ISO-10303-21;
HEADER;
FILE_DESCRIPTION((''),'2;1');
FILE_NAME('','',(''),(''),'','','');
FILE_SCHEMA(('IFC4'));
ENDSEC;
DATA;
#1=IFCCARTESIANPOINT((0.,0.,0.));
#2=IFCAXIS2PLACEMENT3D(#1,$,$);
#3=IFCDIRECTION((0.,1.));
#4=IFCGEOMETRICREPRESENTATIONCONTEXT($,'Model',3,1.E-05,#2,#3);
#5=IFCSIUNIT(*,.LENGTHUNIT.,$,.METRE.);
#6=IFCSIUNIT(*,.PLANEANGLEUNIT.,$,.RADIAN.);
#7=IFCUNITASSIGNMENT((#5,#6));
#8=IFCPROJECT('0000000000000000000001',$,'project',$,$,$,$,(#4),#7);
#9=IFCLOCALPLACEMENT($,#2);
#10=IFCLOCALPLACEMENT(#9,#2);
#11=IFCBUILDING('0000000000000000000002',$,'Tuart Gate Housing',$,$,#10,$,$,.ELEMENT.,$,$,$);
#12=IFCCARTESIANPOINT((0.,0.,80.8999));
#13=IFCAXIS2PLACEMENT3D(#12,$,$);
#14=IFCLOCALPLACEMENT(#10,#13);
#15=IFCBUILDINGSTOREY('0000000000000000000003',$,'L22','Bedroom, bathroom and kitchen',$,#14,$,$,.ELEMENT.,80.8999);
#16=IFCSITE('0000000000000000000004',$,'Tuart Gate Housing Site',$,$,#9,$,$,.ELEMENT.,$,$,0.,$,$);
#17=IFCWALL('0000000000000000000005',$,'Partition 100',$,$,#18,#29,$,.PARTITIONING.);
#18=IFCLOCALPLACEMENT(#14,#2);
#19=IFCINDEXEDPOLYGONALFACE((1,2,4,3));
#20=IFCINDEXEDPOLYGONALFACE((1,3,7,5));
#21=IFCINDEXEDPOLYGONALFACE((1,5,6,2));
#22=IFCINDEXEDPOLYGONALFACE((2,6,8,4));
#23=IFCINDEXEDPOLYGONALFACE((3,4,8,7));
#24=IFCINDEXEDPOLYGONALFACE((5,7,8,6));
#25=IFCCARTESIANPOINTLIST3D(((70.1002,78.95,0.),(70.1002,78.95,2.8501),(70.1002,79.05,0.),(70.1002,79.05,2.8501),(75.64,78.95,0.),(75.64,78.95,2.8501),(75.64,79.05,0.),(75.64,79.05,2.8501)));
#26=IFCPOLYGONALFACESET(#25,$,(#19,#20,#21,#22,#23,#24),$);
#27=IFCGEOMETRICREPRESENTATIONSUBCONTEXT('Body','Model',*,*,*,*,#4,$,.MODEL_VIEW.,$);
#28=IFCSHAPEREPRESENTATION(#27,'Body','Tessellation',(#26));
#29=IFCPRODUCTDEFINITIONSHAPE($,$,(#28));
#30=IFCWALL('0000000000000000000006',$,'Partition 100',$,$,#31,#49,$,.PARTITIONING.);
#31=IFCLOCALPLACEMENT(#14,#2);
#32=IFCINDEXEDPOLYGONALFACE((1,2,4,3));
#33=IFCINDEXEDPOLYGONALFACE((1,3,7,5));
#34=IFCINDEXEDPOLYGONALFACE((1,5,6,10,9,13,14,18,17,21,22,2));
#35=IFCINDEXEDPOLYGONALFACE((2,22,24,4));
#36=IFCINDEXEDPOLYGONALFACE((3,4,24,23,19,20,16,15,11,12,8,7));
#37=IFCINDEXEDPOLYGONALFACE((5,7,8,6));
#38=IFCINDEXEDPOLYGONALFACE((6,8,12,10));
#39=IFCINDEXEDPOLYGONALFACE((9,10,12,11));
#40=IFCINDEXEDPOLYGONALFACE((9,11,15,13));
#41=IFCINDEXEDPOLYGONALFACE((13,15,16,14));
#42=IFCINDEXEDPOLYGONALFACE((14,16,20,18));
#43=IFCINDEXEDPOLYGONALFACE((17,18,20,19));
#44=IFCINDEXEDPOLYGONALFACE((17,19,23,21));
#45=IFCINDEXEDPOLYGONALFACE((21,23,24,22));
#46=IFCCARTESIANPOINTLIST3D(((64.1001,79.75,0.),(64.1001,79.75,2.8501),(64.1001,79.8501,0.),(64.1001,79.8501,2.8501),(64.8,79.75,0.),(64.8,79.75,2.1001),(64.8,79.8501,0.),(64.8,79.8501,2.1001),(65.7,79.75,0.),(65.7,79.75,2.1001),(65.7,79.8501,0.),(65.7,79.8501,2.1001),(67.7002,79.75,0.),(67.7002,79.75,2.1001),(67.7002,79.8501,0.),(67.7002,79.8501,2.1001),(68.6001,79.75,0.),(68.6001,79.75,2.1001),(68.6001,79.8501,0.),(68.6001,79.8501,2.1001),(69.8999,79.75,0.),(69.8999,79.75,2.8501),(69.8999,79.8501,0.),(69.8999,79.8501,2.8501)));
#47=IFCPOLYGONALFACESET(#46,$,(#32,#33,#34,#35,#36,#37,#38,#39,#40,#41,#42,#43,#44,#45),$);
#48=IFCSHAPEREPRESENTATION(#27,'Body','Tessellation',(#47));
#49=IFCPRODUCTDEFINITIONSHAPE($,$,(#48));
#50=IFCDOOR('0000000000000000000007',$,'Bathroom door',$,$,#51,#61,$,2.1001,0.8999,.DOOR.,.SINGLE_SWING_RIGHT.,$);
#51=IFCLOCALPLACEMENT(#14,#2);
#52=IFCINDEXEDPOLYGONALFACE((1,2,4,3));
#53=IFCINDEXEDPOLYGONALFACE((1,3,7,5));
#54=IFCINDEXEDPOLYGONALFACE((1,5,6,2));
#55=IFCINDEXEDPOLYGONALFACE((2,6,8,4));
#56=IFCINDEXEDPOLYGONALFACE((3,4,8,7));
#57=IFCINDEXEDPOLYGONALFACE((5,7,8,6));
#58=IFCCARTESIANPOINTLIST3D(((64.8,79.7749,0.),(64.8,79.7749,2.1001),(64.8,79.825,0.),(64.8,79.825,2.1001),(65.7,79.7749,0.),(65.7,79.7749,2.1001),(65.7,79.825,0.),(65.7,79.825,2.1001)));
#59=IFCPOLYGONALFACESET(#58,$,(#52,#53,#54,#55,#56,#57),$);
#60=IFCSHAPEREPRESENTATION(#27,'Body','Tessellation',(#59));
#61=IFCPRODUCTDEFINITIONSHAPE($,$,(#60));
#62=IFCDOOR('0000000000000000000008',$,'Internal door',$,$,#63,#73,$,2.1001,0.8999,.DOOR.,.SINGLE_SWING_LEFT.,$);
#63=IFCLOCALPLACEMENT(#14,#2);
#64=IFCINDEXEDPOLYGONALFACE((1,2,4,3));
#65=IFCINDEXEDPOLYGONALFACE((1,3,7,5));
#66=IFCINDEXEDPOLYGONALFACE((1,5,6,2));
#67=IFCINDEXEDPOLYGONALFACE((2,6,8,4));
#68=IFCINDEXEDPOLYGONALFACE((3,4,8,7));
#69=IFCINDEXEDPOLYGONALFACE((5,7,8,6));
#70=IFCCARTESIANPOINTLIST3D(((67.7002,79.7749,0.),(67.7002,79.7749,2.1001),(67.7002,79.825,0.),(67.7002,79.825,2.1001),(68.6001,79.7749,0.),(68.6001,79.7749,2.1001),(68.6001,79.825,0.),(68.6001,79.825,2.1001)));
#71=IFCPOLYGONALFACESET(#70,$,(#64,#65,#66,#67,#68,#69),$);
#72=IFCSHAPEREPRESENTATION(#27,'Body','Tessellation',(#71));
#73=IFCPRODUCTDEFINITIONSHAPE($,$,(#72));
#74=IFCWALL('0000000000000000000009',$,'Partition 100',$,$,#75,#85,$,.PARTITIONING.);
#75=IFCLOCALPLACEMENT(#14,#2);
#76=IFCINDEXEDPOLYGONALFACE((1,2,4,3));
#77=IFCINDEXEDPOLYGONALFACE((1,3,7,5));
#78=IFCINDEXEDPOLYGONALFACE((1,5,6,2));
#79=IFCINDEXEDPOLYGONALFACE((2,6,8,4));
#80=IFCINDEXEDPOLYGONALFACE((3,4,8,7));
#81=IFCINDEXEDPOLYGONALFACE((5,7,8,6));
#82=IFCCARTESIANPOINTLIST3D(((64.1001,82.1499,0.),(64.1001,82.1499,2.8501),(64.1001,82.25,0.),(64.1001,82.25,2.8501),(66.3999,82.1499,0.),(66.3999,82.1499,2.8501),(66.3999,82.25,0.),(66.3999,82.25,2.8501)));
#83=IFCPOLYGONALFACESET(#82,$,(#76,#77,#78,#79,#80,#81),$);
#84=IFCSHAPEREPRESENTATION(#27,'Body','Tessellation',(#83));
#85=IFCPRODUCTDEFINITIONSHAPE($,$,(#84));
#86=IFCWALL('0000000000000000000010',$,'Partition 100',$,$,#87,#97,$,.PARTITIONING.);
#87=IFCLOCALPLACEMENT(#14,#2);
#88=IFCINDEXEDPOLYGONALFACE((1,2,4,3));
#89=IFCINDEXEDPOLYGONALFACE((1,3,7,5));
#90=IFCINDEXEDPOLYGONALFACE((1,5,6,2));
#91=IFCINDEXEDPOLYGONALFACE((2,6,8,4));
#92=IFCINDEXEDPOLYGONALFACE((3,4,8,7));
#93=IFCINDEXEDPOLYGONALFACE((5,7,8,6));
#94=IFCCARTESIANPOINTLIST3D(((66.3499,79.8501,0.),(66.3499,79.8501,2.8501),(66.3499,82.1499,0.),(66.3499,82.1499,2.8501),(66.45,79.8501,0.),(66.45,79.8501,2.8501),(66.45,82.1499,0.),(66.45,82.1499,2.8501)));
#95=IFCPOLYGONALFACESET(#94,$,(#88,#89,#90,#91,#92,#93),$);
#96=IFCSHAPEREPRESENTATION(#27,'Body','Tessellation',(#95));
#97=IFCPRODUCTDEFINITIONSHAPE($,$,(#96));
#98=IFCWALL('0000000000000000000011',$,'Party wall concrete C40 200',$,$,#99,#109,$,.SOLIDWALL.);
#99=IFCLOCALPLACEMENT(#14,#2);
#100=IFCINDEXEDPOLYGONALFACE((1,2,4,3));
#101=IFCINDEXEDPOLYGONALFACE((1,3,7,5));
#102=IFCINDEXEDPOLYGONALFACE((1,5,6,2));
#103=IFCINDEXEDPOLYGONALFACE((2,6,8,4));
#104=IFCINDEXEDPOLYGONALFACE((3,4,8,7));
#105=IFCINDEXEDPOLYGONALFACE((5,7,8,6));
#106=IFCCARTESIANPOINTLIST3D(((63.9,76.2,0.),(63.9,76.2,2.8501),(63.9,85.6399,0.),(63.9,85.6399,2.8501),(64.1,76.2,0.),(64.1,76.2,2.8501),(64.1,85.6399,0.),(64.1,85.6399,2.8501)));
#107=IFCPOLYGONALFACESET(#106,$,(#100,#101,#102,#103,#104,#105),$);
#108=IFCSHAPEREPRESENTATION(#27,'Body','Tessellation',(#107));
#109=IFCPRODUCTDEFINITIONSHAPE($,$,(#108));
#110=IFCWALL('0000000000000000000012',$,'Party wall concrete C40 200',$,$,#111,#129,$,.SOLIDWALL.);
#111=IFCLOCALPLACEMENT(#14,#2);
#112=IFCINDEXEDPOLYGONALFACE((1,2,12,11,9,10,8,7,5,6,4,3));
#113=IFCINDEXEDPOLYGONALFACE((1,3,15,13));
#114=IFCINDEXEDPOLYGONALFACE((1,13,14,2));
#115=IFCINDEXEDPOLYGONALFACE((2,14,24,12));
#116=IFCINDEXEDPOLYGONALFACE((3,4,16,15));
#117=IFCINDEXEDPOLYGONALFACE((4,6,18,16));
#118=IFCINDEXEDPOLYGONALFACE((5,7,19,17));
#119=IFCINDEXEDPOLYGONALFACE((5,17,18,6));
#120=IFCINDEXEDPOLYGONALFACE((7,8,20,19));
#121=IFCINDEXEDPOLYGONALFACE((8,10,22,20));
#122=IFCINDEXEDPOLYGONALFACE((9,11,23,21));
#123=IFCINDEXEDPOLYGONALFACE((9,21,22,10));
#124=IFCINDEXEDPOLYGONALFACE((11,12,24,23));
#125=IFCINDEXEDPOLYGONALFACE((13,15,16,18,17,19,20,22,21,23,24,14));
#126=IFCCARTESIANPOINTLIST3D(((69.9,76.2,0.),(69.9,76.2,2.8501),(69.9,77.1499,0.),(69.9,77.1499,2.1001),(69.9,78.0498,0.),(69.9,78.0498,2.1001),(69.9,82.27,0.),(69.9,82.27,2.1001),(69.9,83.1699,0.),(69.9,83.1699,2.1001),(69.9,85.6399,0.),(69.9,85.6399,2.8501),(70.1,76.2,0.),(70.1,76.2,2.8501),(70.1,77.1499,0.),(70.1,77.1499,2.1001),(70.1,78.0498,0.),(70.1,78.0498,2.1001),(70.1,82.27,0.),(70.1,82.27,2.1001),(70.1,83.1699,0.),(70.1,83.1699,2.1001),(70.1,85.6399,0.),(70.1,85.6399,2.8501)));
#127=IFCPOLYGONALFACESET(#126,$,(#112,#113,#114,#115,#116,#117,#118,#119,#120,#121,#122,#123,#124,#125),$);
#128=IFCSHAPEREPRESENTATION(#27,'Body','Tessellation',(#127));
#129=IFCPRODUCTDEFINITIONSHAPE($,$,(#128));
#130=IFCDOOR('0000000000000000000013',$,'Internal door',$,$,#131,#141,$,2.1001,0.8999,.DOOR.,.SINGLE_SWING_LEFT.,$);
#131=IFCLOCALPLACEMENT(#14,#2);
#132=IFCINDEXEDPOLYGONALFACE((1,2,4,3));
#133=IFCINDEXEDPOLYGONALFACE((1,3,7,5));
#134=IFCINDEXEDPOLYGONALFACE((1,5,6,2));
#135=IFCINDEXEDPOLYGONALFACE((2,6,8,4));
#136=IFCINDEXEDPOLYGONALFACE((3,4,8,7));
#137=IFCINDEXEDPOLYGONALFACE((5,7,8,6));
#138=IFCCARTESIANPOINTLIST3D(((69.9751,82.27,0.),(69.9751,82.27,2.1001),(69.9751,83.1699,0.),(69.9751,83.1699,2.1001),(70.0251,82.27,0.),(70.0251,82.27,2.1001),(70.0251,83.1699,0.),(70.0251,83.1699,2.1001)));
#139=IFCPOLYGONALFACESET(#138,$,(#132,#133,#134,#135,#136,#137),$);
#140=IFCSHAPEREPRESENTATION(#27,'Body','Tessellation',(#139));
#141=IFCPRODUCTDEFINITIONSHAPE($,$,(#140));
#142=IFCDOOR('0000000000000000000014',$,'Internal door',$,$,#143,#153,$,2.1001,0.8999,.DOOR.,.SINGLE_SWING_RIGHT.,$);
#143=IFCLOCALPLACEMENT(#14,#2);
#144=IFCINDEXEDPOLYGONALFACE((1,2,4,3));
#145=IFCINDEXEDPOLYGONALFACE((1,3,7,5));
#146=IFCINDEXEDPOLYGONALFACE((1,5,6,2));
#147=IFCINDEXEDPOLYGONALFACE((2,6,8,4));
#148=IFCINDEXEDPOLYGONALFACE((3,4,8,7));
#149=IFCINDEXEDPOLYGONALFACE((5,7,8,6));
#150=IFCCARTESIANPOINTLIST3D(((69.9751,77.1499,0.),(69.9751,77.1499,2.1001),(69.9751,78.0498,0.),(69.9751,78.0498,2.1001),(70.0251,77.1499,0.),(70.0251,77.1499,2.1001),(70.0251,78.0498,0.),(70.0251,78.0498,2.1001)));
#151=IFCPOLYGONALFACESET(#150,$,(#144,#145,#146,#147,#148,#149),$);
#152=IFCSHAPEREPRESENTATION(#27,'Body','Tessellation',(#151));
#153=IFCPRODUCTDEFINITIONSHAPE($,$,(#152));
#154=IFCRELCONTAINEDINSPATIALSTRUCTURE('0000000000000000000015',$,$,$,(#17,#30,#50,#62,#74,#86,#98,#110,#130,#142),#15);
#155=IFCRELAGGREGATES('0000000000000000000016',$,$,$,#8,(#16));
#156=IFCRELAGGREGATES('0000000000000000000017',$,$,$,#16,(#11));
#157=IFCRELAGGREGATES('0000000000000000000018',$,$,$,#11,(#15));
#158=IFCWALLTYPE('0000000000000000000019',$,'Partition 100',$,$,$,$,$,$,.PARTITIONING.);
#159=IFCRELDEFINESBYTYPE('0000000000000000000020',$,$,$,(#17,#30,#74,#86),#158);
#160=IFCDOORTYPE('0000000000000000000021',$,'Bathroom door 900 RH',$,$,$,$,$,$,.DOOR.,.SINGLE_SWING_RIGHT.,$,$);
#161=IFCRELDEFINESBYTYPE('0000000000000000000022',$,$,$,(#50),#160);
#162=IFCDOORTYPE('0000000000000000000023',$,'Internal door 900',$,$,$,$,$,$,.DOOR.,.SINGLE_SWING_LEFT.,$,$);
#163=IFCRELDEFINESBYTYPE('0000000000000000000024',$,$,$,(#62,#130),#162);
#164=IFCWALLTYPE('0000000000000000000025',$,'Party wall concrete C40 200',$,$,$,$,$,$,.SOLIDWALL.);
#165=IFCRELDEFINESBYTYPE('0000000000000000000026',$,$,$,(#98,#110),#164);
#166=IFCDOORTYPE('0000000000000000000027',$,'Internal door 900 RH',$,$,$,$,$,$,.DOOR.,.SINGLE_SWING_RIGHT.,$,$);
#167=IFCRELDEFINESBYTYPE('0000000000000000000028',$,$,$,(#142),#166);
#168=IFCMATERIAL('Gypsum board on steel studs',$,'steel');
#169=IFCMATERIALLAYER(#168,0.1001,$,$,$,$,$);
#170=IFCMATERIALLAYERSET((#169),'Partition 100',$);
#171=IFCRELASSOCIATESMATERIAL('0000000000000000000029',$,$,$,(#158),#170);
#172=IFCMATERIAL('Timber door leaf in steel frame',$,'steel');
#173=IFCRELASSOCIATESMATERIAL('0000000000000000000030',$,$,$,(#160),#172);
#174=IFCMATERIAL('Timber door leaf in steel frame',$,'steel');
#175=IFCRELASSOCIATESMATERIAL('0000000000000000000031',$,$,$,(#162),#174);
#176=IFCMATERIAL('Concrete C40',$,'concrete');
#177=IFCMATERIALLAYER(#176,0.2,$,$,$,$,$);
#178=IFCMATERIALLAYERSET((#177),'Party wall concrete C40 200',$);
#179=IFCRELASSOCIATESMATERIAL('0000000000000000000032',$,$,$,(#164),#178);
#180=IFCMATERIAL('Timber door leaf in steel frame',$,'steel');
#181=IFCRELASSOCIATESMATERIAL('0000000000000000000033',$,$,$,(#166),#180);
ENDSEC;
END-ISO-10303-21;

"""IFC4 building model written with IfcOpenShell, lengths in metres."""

from ifc_helpers import new_model, si_unit, direction, frame, frame_2d, origin, place, context, subcontext, project, spatial, rectangle, extrude, material, layer, layer_set, type_object, element, fill, save


model = new_model("IFC4")

# Units and contexts
model_context = context("Model", 3, precision=1e-05, world=origin(), true_north=direction((0.0, 1.0)))
body_context = subcontext(model_context, "Body", "Model", "MODEL_VIEW")
ifc_project = project(units=[si_unit("LENGTHUNIT", "METRE"), si_unit("PLANEANGLEUNIT", "RADIAN")], contexts=[model_context])

# Site, building, storey
site_placement = place(None, origin())
site = spatial("IfcSite", under=ifc_project, at=site_placement, Name="Tuart Gate Housing Site", CompositionType="ELEMENT", RefElevation=0.0)
building_placement = place(site_placement, origin())
building = spatial("IfcBuilding", under=site, at=building_placement, Name="Tuart Gate Housing", CompositionType="ELEMENT")
storey_placement = place(building_placement, frame((0.0, 0.0, 80.8999)))
storey = spatial("IfcBuildingStorey", under=building, at=storey_placement, Name="L22", Description="Bedroom, bathroom and kitchen", CompositionType="ELEMENT", Elevation=80.8999)

# Wall
ifc_material_1 = material(Name="Gypsum board on steel studs", Category="steel")
ifc_layer_1 = layer(ifc_material_1, 0.1001)
ifc_layer_set_1 = layer_set([ifc_layer_1], Name="Partition 100")
wall_type_1 = type_object("IfcWallType", Name="Partition 100", PredefinedType="PARTITIONING", material=ifc_layer_set_1)
wall_1_placement = place(storey_placement, frame((70.1001, 79.0, 0.0), z_axis=(0.0, 0.0, 1.0), x_axis=(1.0, 0.0, 0.0)))
element("IfcWall", 1, at=wall_1_placement, inside=storey, type_object=wall_type_1, Name="Partition 100", PredefinedType="PARTITIONING", context=body_context, shape_type="SweptSolid", body=[
    extrude(rectangle(XDim=5.5398, YDim=0.1001, at=frame_2d((2.77, 0.0))), origin(), (0.0, 0.0, 1.0), 2.8501),
])

# Wall, openings, doors
wall_2_placement = place(storey_placement, frame((64.1001, 79.8, 0.0), z_axis=(0.0, 0.0, 1.0), x_axis=(1.0, 0.0, 0.0)))
wall_2 = element("IfcWall", 2, at=wall_2_placement, inside=storey, type_object=wall_type_1, Name="Partition 100", PredefinedType="PARTITIONING", context=body_context, shape_type="SweptSolid", body=[
    extrude(rectangle(XDim=5.7998, YDim=0.1001, at=frame_2d((2.8999, 0.0))), origin(), (0.0, 0.0, 1.0), 2.8501),
])
opening_1_placement = place(wall_2_placement, frame((3.6001, 0.0, 0.0)))
opening_1 = element("IfcOpeningElement", 3, at=opening_1_placement, cuts=wall_2, PredefinedType="OPENING", context=body_context, shape_type="SweptSolid", body=[
    extrude(rectangle(XDim=0.8999, YDim=2.1001, at=frame_2d((0.45, 1.05))), frame((0.0, 0.0601, 0.0), z_axis=(0.0, -1.0, 0.0), x_axis=(1.0, 0.0, 0.0)), (0.0, 0.0, 1.0), 0.1201),
])
opening_2_placement = place(wall_2_placement, frame((0.7, 0.0, 0.0)))
opening_2 = element("IfcOpeningElement", 4, at=opening_2_placement, cuts=wall_2, PredefinedType="OPENING", context=body_context, shape_type="SweptSolid", body=[
    extrude(rectangle(XDim=0.8999, YDim=2.1001, at=frame_2d((0.45, 1.05))), frame((0.0, 0.0601, 0.0), z_axis=(0.0, -1.0, 0.0), x_axis=(1.0, 0.0, 0.0)), (0.0, 0.0, 1.0), 0.1201),
])
ifc_material_2 = material(Name="Timber door leaf in steel frame", Category="steel")
door_type_1 = type_object("IfcDoorType", Name="Bathroom door 900 RH", OperationType="SINGLE_SWING_RIGHT", PredefinedType="DOOR", material=ifc_material_2)
door_1_placement = place(opening_2_placement, origin())
door_1 = element("IfcDoor", 5, at=door_1_placement, inside=storey, type_object=door_type_1, Name="Bathroom door", OperationType="SINGLE_SWING_RIGHT", OverallHeight=2.1001, OverallWidth=0.8999, PredefinedType="DOOR", context=body_context, shape_type="SweptSolid", body=[
    extrude(rectangle(XDim=0.8999, YDim=2.1001, at=frame_2d((0.45, 1.05))), frame((0.0, 0.0249, 0.0), z_axis=(0.0, -1.0, 0.0), x_axis=(1.0, 0.0, 0.0)), (0.0, 0.0, 1.0), 0.05),
])
fill(opening_2, door_1)
ifc_material_3 = material(Name="Timber door leaf in steel frame", Category="steel")
door_type_2 = type_object("IfcDoorType", Name="Internal door 900", OperationType="SINGLE_SWING_LEFT", PredefinedType="DOOR", material=ifc_material_3)
door_2_placement = place(opening_1_placement, frame((0.8999, 0.0, 0.0), z_axis=(0.0, 0.0, 1.0), x_axis=(-1.0, 0.0, 0.0)))
door_2 = element("IfcDoor", 6, at=door_2_placement, inside=storey, type_object=door_type_2, Name="Internal door", OperationType="SINGLE_SWING_LEFT", OverallHeight=2.1001, OverallWidth=0.8999, PredefinedType="DOOR", context=body_context, shape_type="SweptSolid", body=[
    extrude(rectangle(XDim=0.8999, YDim=2.1001, at=frame_2d((0.45, 1.05))), frame((0.0, 0.0251, 0.0), z_axis=(0.0, -1.0, 0.0), x_axis=(1.0, 0.0, 0.0)), (0.0, 0.0, 1.0), 0.05),
])
fill(opening_1, door_2)

# Walls
for number, where, z_axis, x_axis, name in (
    (7, (64.1001, 82.2, 0.0), (0.0, 0.0, 1.0), (1.0, 0.0, 0.0), "Partition 100"),
    (8, (66.3999, 79.8501, 0.0), (0.0, 0.0, 1.0), (0.0, 1.0, 0.0), "Partition 100"),
):
    element("IfcWall", number, at=place(storey_placement, frame(where, z_axis=z_axis, x_axis=x_axis)), inside=storey, type_object=wall_type_1, Name=name, PredefinedType="PARTITIONING", context=body_context, shape_type="SweptSolid", body=[
        extrude(rectangle(XDim=2.2998, YDim=0.1001, at=frame_2d((1.1499, 0.0))), origin(), (0.0, 0.0, 1.0), 2.8501),
    ])
ifc_material_4 = material(Name="Concrete C40", Category="concrete")
ifc_layer_2 = layer(ifc_material_4, 0.2)
ifc_layer_set_2 = layer_set([ifc_layer_2], Name="Party wall concrete C40 200")
wall_type_2 = type_object("IfcWallType", Name="Party wall concrete C40 200", PredefinedType="SOLIDWALL", material=ifc_layer_set_2)
wall_3_placement = place(storey_placement, frame((64.0, 76.2, 0.0), z_axis=(0.0, 0.0, 1.0), x_axis=(0.0, 1.0, 0.0)))
element("IfcWall", 9, at=wall_3_placement, inside=storey, type_object=wall_type_2, Name="Party wall concrete C40 200", PredefinedType="SOLIDWALL", context=body_context, shape_type="SweptSolid", body=[
    extrude(rectangle(XDim=9.4399, YDim=0.2, at=frame_2d((4.72, 0.0))), origin(), (0.0, 0.0, 1.0), 2.8501),
])

# Wall, openings, doors
wall_4_placement = place(storey_placement, frame((70.0, 76.2, 0.0), z_axis=(0.0, 0.0, 1.0), x_axis=(0.0, 1.0, 0.0)))
wall_4 = element("IfcWall", 10, at=wall_4_placement, inside=storey, type_object=wall_type_2, Name="Party wall concrete C40 200", PredefinedType="SOLIDWALL", context=body_context, shape_type="SweptSolid", body=[
    extrude(rectangle(XDim=9.4399, YDim=0.2, at=frame_2d((4.72, 0.0))), origin(), (0.0, 0.0, 1.0), 2.8501),
])
opening_3_placement = place(wall_4_placement, frame((6.0701, 0.0, 0.0)))
opening_3 = element("IfcOpeningElement", 11, at=opening_3_placement, cuts=wall_4, PredefinedType="OPENING", context=body_context, shape_type="SweptSolid", body=[
    extrude(rectangle(XDim=0.8999, YDim=2.1001, at=frame_2d((0.45, 1.05))), frame((0.0, 0.1099, 0.0), z_axis=(0.0, -1.0, 0.0), x_axis=(1.0, 0.0, 0.0)), (0.0, 0.0, 1.0), 0.22),
])
opening_4_placement = place(wall_4_placement, frame((0.95, 0.0, 0.0)))
opening_4 = element("IfcOpeningElement", 12, at=opening_4_placement, cuts=wall_4, PredefinedType="OPENING", context=body_context, shape_type="SweptSolid", body=[
    extrude(rectangle(XDim=0.8999, YDim=2.1001, at=frame_2d((0.45, 1.05))), frame((0.0, 0.1099, 0.0), z_axis=(0.0, -1.0, 0.0), x_axis=(1.0, 0.0, 0.0)), (0.0, 0.0, 1.0), 0.22),
])
door_3_placement = place(opening_3_placement, frame((0.8999, 0.0, 0.0), z_axis=(0.0, 0.0, 1.0), x_axis=(-1.0, 0.0, 0.0)))
door_3 = element("IfcDoor", 13, at=door_3_placement, inside=storey, type_object=door_type_2, Name="Internal door", OperationType="SINGLE_SWING_LEFT", OverallHeight=2.1001, OverallWidth=0.8999, PredefinedType="DOOR", context=body_context, shape_type="SweptSolid", body=[
    extrude(rectangle(XDim=0.8999, YDim=2.1001, at=frame_2d((0.45, 1.05))), frame((0.0, 0.0251, 0.0), z_axis=(0.0, -1.0, 0.0), x_axis=(1.0, 0.0, 0.0)), (0.0, 0.0, 1.0), 0.05),
])
fill(opening_3, door_3)
ifc_material_5 = material(Name="Timber door leaf in steel frame", Category="steel")
door_type_3 = type_object("IfcDoorType", Name="Internal door 900 RH", OperationType="SINGLE_SWING_RIGHT", PredefinedType="DOOR", material=ifc_material_5)
door_4_placement = place(opening_4_placement, frame((0.8999, 0.0, 0.0), z_axis=(0.0, 0.0, 1.0), x_axis=(-1.0, 0.0, 0.0)))
door_4 = element("IfcDoor", 14, at=door_4_placement, inside=storey, type_object=door_type_3, Name="Internal door", OperationType="SINGLE_SWING_RIGHT", OverallHeight=2.1001, OverallWidth=0.8999, PredefinedType="DOOR", context=body_context, shape_type="SweptSolid", body=[
    extrude(rectangle(XDim=0.8999, YDim=2.1001, at=frame_2d((0.45, 1.05))), frame((0.0, 0.0251, 0.0), z_axis=(0.0, -1.0, 0.0), x_axis=(1.0, 0.0, 0.0)), (0.0, 0.0, 1.0), 0.05),
])
fill(opening_4, door_4)

save(model, "model.ifc")
